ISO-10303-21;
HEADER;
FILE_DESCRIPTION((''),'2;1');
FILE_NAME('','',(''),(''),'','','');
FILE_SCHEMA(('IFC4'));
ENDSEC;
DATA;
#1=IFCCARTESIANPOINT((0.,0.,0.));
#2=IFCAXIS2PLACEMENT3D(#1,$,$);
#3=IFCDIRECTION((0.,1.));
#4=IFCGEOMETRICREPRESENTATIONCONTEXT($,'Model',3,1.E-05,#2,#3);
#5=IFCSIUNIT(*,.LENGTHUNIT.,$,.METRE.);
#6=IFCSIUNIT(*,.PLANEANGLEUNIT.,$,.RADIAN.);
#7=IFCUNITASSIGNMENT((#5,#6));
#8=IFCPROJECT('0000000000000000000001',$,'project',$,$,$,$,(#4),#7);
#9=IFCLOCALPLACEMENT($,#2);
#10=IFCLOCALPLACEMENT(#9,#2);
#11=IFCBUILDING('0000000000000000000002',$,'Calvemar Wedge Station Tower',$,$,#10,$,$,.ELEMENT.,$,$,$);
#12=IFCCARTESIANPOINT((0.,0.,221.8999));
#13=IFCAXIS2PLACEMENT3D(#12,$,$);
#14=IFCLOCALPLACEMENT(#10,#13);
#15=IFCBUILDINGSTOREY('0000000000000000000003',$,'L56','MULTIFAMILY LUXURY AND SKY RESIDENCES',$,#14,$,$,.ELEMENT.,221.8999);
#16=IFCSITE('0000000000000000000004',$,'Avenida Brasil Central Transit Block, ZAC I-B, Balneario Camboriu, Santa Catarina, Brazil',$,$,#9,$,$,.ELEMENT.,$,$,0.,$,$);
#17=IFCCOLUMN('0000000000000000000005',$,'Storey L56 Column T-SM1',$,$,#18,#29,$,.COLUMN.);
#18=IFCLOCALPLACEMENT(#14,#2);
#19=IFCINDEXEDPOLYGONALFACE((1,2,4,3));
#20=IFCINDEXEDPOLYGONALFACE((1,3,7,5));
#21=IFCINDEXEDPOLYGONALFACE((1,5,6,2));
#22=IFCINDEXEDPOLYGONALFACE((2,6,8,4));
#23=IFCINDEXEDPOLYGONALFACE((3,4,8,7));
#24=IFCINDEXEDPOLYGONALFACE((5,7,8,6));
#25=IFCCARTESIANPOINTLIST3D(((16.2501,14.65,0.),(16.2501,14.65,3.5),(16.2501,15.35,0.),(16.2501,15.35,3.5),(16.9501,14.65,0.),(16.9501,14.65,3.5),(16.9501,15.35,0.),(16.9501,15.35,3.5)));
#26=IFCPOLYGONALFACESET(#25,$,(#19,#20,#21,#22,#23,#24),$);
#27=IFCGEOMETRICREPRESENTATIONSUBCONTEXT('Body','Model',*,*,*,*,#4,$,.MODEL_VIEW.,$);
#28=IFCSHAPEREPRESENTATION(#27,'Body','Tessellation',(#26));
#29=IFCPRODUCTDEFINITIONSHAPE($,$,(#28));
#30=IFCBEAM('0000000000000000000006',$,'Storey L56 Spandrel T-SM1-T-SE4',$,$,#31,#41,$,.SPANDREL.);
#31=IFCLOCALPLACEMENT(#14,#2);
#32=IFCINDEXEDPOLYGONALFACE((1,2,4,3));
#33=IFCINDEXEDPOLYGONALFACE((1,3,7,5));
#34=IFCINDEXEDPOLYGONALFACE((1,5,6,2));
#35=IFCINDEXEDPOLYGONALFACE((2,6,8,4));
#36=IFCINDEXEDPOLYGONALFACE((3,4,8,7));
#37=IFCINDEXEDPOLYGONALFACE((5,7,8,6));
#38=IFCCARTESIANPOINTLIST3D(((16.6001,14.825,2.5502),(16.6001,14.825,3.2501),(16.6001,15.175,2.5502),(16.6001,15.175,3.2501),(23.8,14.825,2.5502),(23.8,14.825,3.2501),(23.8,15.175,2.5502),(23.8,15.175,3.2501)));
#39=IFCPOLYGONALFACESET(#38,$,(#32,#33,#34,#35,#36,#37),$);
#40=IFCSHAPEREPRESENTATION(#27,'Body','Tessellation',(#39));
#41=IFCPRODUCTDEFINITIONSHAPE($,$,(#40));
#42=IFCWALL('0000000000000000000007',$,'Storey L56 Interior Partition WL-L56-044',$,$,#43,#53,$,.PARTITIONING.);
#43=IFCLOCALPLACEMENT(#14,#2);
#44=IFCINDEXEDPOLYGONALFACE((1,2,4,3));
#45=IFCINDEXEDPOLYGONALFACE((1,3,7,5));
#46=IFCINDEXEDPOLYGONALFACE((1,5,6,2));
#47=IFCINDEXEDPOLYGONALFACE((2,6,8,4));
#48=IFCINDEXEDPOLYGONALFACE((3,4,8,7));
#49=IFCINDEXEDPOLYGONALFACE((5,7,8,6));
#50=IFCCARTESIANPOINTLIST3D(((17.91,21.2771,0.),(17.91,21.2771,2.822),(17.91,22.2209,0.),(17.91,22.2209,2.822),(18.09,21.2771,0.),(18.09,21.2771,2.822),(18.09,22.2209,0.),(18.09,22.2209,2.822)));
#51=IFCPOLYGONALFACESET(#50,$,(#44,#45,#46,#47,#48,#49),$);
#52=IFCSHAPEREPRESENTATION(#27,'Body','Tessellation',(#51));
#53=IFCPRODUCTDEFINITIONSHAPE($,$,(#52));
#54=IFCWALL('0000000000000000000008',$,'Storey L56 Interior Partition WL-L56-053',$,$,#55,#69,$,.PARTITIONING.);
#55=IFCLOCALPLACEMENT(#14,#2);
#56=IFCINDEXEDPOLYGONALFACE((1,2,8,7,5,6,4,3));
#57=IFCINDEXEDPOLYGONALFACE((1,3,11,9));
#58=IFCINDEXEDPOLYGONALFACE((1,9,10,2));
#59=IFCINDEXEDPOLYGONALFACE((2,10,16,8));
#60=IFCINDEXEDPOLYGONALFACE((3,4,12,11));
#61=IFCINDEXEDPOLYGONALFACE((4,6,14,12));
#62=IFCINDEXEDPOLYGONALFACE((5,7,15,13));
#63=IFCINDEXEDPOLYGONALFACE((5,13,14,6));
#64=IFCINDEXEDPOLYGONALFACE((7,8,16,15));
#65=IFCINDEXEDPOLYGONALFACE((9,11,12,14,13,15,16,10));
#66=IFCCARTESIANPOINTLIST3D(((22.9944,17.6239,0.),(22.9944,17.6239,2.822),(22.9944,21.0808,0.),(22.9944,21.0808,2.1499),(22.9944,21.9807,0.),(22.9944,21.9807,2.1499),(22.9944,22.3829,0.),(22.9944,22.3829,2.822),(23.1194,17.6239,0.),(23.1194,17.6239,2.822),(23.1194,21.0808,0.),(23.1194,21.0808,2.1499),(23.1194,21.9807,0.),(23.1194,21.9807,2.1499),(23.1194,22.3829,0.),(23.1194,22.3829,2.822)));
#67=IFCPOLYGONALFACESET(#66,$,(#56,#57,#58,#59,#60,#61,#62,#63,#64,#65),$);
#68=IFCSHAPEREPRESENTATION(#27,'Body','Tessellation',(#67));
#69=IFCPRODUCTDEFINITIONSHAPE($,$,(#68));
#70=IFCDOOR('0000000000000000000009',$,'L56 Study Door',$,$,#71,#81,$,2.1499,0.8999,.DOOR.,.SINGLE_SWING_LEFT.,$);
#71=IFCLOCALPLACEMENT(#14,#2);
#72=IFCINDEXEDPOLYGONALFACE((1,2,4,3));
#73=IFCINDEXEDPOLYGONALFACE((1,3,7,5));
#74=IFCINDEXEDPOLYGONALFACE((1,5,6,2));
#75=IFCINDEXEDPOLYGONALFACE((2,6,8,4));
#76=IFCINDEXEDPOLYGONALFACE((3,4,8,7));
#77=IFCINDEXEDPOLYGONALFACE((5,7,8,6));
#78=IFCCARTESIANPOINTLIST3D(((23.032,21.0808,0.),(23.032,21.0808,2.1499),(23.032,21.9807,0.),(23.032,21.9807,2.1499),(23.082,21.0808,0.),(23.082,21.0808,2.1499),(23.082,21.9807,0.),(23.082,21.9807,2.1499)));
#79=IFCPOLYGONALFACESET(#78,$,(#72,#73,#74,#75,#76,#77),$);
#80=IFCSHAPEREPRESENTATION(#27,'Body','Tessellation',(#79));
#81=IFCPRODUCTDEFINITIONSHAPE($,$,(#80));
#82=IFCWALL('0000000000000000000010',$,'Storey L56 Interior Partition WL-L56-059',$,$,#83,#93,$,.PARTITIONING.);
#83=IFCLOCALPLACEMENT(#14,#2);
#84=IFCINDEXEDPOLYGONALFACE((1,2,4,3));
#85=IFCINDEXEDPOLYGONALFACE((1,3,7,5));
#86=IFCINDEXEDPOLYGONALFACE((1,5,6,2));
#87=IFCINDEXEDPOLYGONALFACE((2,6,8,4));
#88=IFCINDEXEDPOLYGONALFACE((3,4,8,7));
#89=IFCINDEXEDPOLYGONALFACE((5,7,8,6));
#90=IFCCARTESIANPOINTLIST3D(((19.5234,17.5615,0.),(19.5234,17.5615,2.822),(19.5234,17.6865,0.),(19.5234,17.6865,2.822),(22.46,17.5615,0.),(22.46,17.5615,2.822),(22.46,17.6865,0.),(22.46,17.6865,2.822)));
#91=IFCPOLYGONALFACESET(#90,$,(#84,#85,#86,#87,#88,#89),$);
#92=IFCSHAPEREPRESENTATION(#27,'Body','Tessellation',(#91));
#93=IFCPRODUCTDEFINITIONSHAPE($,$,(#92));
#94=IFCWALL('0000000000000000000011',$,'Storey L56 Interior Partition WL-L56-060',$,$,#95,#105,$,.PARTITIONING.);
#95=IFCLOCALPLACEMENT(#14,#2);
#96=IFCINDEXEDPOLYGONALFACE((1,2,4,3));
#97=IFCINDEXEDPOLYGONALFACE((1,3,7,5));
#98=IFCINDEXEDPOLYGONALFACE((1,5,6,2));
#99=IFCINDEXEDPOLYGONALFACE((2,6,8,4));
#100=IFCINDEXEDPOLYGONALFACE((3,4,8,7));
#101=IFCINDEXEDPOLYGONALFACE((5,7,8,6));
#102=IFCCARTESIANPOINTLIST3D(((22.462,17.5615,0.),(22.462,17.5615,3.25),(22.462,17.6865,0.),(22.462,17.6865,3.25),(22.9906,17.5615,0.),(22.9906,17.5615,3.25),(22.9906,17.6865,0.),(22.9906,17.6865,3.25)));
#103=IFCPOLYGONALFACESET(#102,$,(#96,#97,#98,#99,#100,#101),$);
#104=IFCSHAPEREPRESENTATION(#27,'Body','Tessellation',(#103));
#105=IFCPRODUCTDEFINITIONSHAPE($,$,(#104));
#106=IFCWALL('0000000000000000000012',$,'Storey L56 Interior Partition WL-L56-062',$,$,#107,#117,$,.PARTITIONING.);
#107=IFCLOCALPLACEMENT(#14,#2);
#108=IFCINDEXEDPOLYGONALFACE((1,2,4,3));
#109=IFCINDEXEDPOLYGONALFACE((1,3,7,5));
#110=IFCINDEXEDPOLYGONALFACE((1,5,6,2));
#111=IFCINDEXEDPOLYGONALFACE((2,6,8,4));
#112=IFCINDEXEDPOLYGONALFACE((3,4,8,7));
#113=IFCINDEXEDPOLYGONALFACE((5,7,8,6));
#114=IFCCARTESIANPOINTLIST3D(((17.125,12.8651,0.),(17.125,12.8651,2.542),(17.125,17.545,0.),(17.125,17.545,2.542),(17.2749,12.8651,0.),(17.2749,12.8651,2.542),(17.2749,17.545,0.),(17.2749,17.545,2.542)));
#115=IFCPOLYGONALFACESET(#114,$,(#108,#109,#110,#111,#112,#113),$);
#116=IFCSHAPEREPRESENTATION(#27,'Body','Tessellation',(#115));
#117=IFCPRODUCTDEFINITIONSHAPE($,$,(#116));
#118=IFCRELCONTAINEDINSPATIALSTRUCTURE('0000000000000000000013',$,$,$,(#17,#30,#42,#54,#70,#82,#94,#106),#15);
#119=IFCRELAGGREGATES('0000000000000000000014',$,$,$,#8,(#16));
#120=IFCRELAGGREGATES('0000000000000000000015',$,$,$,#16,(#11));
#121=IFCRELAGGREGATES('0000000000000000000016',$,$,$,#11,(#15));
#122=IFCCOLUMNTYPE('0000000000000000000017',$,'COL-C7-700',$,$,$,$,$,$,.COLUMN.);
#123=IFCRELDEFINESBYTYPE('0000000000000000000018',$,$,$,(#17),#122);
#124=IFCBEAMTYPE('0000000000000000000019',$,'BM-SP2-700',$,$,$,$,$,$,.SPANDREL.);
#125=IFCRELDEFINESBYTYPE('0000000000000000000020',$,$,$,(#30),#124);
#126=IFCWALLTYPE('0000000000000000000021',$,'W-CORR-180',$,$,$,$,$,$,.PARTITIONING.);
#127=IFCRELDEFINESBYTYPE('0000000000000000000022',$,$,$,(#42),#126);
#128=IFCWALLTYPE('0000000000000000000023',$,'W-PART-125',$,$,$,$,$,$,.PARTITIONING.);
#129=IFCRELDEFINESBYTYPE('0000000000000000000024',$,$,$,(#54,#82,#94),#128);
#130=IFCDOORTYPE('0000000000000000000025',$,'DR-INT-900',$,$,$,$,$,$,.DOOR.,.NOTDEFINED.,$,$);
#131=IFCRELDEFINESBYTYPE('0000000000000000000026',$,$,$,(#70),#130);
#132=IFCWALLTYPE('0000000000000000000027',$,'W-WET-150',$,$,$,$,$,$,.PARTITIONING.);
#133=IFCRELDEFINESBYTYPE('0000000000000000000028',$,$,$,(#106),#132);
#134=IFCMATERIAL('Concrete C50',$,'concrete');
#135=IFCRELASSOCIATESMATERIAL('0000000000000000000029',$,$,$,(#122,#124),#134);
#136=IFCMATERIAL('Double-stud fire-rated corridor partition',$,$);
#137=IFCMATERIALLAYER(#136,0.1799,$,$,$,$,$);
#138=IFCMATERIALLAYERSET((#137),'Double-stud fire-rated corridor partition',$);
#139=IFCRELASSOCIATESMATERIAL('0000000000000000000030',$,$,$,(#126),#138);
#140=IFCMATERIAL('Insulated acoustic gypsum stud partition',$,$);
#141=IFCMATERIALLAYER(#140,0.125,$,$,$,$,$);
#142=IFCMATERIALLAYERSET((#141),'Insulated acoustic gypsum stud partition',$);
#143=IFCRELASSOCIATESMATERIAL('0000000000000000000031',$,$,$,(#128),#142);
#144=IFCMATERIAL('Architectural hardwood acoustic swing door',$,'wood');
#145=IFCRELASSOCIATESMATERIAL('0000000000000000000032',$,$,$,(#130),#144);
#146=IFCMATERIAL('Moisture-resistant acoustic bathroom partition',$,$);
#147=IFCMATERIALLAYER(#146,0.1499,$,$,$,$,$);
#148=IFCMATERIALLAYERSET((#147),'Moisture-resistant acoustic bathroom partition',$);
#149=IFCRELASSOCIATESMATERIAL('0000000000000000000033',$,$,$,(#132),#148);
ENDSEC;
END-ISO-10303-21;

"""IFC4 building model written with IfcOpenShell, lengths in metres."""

from ifc_helpers import new_model, si_unit, direction, frame, frame_2d, origin, origin_2d, place, context, subcontext, project, spatial, rectangle, extrude, source, transform, mapped, material, layer, layer_set, material_profile, profile_set, type_object, element, fill, save


model = new_model("IFC4")

# Units and contexts
model_context = context("Model", 3, precision=1e-05, world=origin(), true_north=direction((0.0, 1.0)))
body_context = subcontext(model_context, "Body", "Model", "MODEL_VIEW")
ifc_project = project(units=[si_unit("LENGTHUNIT", "METRE"), si_unit("PLANEANGLEUNIT", "RADIAN")], contexts=[model_context])

# Site, building, storey
site_placement = place(None, origin())
site = spatial("IfcSite", under=ifc_project, at=site_placement, Name="Avenida Brasil Central Transit Block, ZAC I-B, Balneario Camboriu, Santa Catarina, Brazil", CompositionType="ELEMENT", RefElevation=0.0)
building_placement = place(site_placement, origin())
building = spatial("IfcBuilding", under=site, at=building_placement, Name="Calvemar Wedge Station Tower", CompositionType="ELEMENT")
storey_placement = place(building_placement, frame((0.0, 0.0, 221.8999)))
storey = spatial("IfcBuildingStorey", under=building, at=storey_placement, Name="L56", Description="MULTIFAMILY LUXURY AND SKY RESIDENCES", CompositionType="ELEMENT", Elevation=221.8999)

# Column
ifc_material_1 = material(Name="Concrete C50", Category="concrete")
ifc_material_profile_1 = material_profile(ifc_material_1, rectangle(XDim=0.7, YDim=0.7, at=origin_2d()), Name="RC700x700")
ifc_profile_set_1 = profile_set([ifc_material_profile_1], Name="Concrete C50")
column_type = type_object("IfcColumnType", Name="COL-C7-700", PredefinedType="COLUMN", material=ifc_profile_set_1)
shared_shape_1 = source(origin(), body_context, "Body", "SweptSolid", [
    extrude(rectangle(XDim=0.7, YDim=0.7, at=origin_2d()), origin(), (0.0, 0.0, 1.0), 3.5),
])
column_placement = place(storey_placement, frame((16.6001, 15.0, 0.0), z_axis=(0.0, 0.0, 1.0), x_axis=(1.0, 0.0, 0.0)))
element("IfcColumn", 1, at=column_placement, inside=storey, type_object=column_type, Name="Storey L56 Column T-SM1", PredefinedType="COLUMN", context=body_context, shape_type="MappedRepresentation", body=[
    mapped(shared_shape_1, transform((0.0, 0.0, 0.0), scale=1.0)),
])

# Beam
ifc_material_profile_2 = material_profile(ifc_material_1, rectangle(XDim=0.3501, YDim=0.7, at=origin_2d()), Name="RC350x700")
ifc_profile_set_2 = profile_set([ifc_material_profile_2], Name="Concrete C50")
beam_type = type_object("IfcBeamType", Name="BM-SP2-700", PredefinedType="SPANDREL", material=ifc_profile_set_2)
shared_shape_2 = source(origin(), body_context, "Body", "SweptSolid", [
    extrude(rectangle(XDim=0.3501, YDim=0.7, at=origin_2d()), origin(), (0.0, 0.0, 1.0), 7.2),
])
beam_placement = place(storey_placement, frame((16.6001, 15.0, 2.9001), z_axis=(1.0, 0.0, 0.0), x_axis=(0.0, 1.0, 0.0)))
element("IfcBeam", 2, at=beam_placement, inside=storey, type_object=beam_type, Name="Storey L56 Spandrel T-SM1-T-SE4", PredefinedType="SPANDREL", context=body_context, shape_type="MappedRepresentation", body=[
    mapped(shared_shape_2, transform((0.0, 0.0, 0.0), scale=1.0)),
])

# Shared definitions
ifc_material_2 = material(Name="Double-stud fire-rated corridor partition")
ifc_layer_1 = layer(ifc_material_2, 0.1799)
ifc_layer_set_1 = layer_set([ifc_layer_1], Name="Double-stud fire-rated corridor partition")
wall_type_1 = type_object("IfcWallType", Name="W-CORR-180", PredefinedType="PARTITIONING", material=ifc_layer_set_1)

# Wall
wall_1_placement = place(storey_placement, frame((18.0, 21.2771, 0.0), z_axis=(0.0, 0.0, 1.0), x_axis=(0.0, 1.0, 0.0)))
element("IfcWall", 3, at=wall_1_placement, inside=storey, type_object=wall_type_1, Name="Storey L56 Interior Partition WL-L56-044", PredefinedType="PARTITIONING", context=body_context, shape_type="SweptSolid", body=[
    extrude(rectangle(XDim=0.9438, YDim=0.1799, at=frame_2d((0.4719, 0.0))), origin(), (0.0, 0.0, 1.0), 2.822),
])

# Wall, opening, door
ifc_material_3 = material(Name="Insulated acoustic gypsum stud partition")
ifc_layer_2 = layer(ifc_material_3, 0.125)
ifc_layer_set_2 = layer_set([ifc_layer_2], Name="Insulated acoustic gypsum stud partition")
wall_type_2 = type_object("IfcWallType", Name="W-PART-125", PredefinedType="PARTITIONING", material=ifc_layer_set_2)
wall_2_placement = place(storey_placement, frame((23.0569, 17.624, 0.0), z_axis=(0.0, 0.0, 1.0), x_axis=(0.0, 1.0, 0.0)))
wall_2 = element("IfcWall", 4, at=wall_2_placement, inside=storey, type_object=wall_type_2, Name="Storey L56 Interior Partition WL-L56-053", PredefinedType="PARTITIONING", context=body_context, shape_type="SweptSolid", body=[
    extrude(rectangle(XDim=4.759, YDim=0.125, at=frame_2d((2.3794, 0.0))), origin(), (0.0, 0.0, 1.0), 2.822),
])
shared_shape_3 = source(origin(), body_context, "Body", "SweptSolid", [
    extrude(rectangle(XDim=0.8999, YDim=2.1499, at=frame_2d((0.45, 1.075))), frame((0.0, 0.0725, 0.0), z_axis=(0.0, -1.0, 0.0), x_axis=(1.0, 0.0, 0.0)), (0.0, 0.0, 1.0), 0.145),
])
opening_1_placement = place(wall_2_placement, frame((3.4568, 0.0, 0.0)))
opening_1 = element("IfcOpeningElement", 5, at=opening_1_placement, cuts=wall_2, PredefinedType="OPENING", context=body_context, shape_type="MappedRepresentation", body=[
    mapped(shared_shape_3, transform((0.0, 0.0, 0.0), scale=1.0)),
])
ifc_material_4 = material(Name="Architectural hardwood acoustic swing door", Category="wood")
door_type_1 = type_object("IfcDoorType", Name="DR-INT-900", OperationType="NOTDEFINED", PredefinedType="DOOR", material=ifc_material_4)
shared_shape_4 = source(origin(), body_context, "Body", "SweptSolid", [
    extrude(rectangle(XDim=0.8999, YDim=2.1499, at=frame_2d((0.45, 1.075))), frame((0.0, 0.0249, 0.0), z_axis=(0.0, -1.0, 0.0), x_axis=(1.0, 0.0, 0.0)), (0.0, 0.0, 1.0), 0.05),
])
door_1_placement = place(opening_1_placement, origin())
door_1 = element("IfcDoor", 6, at=door_1_placement, inside=storey, type_object=door_type_1, Name="L56 Study Door", OperationType="SINGLE_SWING_LEFT", OverallHeight=2.1499, OverallWidth=0.8999, PredefinedType="DOOR", context=body_context, shape_type="MappedRepresentation", body=[
    mapped(shared_shape_4, transform((0.0, 0.0, 0.0), scale=1.0)),
])
fill(opening_1, door_1)

# Walls
wall_3_placement = place(storey_placement, frame((22.46, 17.624, 0.0), z_axis=(0.0, 0.0, 1.0), x_axis=(-1.0, 0.0, 0.0)))
element("IfcWall", 7, at=wall_3_placement, inside=storey, type_object=wall_type_2, Name="Storey L56 Interior Partition WL-L56-059", PredefinedType="PARTITIONING", context=body_context, shape_type="SweptSolid", body=[
    extrude(rectangle(XDim=2.9365, YDim=0.125, at=frame_2d((1.4683, 0.0))), origin(), (0.0, 0.0, 1.0), 2.822),
])
wall_4_placement = place(storey_placement, frame((22.9905, 17.624, 0.0), z_axis=(0.0, 0.0, 1.0), x_axis=(-1.0, 0.0, 0.0)))
element("IfcWall", 8, at=wall_4_placement, inside=storey, type_object=wall_type_2, Name="Storey L56 Interior Partition WL-L56-060", PredefinedType="PARTITIONING", context=body_context, shape_type="SweptSolid", body=[
    extrude(rectangle(XDim=0.5286, YDim=0.125, at=frame_2d((0.2642, 0.0))), origin(), (0.0, 0.0, 1.0), 3.25),
])

# Shared definitions
ifc_material_5 = material(Name="Moisture-resistant acoustic bathroom partition")
ifc_layer_3 = layer(ifc_material_5, 0.1499)
ifc_layer_set_3 = layer_set([ifc_layer_3], Name="Moisture-resistant acoustic bathroom partition")
wall_type_3 = type_object("IfcWallType", Name="W-WET-150", PredefinedType="PARTITIONING", material=ifc_layer_set_3)

# Wall
wall_5_placement = place(storey_placement, frame((17.2, 17.5449, 0.0), z_axis=(0.0, 0.0, 1.0), x_axis=(0.0, -1.0, 0.0)))
element("IfcWall", 9, at=wall_5_placement, inside=storey, type_object=wall_type_3, Name="Storey L56 Interior Partition WL-L56-062", PredefinedType="PARTITIONING", context=body_context, shape_type="SweptSolid", body=[
    extrude(rectangle(XDim=4.6799, YDim=0.1499, at=frame_2d((2.3398, 0.0))), origin(), (0.0, 0.0, 1.0), 2.542),
])

save(model, "model.ifc")
